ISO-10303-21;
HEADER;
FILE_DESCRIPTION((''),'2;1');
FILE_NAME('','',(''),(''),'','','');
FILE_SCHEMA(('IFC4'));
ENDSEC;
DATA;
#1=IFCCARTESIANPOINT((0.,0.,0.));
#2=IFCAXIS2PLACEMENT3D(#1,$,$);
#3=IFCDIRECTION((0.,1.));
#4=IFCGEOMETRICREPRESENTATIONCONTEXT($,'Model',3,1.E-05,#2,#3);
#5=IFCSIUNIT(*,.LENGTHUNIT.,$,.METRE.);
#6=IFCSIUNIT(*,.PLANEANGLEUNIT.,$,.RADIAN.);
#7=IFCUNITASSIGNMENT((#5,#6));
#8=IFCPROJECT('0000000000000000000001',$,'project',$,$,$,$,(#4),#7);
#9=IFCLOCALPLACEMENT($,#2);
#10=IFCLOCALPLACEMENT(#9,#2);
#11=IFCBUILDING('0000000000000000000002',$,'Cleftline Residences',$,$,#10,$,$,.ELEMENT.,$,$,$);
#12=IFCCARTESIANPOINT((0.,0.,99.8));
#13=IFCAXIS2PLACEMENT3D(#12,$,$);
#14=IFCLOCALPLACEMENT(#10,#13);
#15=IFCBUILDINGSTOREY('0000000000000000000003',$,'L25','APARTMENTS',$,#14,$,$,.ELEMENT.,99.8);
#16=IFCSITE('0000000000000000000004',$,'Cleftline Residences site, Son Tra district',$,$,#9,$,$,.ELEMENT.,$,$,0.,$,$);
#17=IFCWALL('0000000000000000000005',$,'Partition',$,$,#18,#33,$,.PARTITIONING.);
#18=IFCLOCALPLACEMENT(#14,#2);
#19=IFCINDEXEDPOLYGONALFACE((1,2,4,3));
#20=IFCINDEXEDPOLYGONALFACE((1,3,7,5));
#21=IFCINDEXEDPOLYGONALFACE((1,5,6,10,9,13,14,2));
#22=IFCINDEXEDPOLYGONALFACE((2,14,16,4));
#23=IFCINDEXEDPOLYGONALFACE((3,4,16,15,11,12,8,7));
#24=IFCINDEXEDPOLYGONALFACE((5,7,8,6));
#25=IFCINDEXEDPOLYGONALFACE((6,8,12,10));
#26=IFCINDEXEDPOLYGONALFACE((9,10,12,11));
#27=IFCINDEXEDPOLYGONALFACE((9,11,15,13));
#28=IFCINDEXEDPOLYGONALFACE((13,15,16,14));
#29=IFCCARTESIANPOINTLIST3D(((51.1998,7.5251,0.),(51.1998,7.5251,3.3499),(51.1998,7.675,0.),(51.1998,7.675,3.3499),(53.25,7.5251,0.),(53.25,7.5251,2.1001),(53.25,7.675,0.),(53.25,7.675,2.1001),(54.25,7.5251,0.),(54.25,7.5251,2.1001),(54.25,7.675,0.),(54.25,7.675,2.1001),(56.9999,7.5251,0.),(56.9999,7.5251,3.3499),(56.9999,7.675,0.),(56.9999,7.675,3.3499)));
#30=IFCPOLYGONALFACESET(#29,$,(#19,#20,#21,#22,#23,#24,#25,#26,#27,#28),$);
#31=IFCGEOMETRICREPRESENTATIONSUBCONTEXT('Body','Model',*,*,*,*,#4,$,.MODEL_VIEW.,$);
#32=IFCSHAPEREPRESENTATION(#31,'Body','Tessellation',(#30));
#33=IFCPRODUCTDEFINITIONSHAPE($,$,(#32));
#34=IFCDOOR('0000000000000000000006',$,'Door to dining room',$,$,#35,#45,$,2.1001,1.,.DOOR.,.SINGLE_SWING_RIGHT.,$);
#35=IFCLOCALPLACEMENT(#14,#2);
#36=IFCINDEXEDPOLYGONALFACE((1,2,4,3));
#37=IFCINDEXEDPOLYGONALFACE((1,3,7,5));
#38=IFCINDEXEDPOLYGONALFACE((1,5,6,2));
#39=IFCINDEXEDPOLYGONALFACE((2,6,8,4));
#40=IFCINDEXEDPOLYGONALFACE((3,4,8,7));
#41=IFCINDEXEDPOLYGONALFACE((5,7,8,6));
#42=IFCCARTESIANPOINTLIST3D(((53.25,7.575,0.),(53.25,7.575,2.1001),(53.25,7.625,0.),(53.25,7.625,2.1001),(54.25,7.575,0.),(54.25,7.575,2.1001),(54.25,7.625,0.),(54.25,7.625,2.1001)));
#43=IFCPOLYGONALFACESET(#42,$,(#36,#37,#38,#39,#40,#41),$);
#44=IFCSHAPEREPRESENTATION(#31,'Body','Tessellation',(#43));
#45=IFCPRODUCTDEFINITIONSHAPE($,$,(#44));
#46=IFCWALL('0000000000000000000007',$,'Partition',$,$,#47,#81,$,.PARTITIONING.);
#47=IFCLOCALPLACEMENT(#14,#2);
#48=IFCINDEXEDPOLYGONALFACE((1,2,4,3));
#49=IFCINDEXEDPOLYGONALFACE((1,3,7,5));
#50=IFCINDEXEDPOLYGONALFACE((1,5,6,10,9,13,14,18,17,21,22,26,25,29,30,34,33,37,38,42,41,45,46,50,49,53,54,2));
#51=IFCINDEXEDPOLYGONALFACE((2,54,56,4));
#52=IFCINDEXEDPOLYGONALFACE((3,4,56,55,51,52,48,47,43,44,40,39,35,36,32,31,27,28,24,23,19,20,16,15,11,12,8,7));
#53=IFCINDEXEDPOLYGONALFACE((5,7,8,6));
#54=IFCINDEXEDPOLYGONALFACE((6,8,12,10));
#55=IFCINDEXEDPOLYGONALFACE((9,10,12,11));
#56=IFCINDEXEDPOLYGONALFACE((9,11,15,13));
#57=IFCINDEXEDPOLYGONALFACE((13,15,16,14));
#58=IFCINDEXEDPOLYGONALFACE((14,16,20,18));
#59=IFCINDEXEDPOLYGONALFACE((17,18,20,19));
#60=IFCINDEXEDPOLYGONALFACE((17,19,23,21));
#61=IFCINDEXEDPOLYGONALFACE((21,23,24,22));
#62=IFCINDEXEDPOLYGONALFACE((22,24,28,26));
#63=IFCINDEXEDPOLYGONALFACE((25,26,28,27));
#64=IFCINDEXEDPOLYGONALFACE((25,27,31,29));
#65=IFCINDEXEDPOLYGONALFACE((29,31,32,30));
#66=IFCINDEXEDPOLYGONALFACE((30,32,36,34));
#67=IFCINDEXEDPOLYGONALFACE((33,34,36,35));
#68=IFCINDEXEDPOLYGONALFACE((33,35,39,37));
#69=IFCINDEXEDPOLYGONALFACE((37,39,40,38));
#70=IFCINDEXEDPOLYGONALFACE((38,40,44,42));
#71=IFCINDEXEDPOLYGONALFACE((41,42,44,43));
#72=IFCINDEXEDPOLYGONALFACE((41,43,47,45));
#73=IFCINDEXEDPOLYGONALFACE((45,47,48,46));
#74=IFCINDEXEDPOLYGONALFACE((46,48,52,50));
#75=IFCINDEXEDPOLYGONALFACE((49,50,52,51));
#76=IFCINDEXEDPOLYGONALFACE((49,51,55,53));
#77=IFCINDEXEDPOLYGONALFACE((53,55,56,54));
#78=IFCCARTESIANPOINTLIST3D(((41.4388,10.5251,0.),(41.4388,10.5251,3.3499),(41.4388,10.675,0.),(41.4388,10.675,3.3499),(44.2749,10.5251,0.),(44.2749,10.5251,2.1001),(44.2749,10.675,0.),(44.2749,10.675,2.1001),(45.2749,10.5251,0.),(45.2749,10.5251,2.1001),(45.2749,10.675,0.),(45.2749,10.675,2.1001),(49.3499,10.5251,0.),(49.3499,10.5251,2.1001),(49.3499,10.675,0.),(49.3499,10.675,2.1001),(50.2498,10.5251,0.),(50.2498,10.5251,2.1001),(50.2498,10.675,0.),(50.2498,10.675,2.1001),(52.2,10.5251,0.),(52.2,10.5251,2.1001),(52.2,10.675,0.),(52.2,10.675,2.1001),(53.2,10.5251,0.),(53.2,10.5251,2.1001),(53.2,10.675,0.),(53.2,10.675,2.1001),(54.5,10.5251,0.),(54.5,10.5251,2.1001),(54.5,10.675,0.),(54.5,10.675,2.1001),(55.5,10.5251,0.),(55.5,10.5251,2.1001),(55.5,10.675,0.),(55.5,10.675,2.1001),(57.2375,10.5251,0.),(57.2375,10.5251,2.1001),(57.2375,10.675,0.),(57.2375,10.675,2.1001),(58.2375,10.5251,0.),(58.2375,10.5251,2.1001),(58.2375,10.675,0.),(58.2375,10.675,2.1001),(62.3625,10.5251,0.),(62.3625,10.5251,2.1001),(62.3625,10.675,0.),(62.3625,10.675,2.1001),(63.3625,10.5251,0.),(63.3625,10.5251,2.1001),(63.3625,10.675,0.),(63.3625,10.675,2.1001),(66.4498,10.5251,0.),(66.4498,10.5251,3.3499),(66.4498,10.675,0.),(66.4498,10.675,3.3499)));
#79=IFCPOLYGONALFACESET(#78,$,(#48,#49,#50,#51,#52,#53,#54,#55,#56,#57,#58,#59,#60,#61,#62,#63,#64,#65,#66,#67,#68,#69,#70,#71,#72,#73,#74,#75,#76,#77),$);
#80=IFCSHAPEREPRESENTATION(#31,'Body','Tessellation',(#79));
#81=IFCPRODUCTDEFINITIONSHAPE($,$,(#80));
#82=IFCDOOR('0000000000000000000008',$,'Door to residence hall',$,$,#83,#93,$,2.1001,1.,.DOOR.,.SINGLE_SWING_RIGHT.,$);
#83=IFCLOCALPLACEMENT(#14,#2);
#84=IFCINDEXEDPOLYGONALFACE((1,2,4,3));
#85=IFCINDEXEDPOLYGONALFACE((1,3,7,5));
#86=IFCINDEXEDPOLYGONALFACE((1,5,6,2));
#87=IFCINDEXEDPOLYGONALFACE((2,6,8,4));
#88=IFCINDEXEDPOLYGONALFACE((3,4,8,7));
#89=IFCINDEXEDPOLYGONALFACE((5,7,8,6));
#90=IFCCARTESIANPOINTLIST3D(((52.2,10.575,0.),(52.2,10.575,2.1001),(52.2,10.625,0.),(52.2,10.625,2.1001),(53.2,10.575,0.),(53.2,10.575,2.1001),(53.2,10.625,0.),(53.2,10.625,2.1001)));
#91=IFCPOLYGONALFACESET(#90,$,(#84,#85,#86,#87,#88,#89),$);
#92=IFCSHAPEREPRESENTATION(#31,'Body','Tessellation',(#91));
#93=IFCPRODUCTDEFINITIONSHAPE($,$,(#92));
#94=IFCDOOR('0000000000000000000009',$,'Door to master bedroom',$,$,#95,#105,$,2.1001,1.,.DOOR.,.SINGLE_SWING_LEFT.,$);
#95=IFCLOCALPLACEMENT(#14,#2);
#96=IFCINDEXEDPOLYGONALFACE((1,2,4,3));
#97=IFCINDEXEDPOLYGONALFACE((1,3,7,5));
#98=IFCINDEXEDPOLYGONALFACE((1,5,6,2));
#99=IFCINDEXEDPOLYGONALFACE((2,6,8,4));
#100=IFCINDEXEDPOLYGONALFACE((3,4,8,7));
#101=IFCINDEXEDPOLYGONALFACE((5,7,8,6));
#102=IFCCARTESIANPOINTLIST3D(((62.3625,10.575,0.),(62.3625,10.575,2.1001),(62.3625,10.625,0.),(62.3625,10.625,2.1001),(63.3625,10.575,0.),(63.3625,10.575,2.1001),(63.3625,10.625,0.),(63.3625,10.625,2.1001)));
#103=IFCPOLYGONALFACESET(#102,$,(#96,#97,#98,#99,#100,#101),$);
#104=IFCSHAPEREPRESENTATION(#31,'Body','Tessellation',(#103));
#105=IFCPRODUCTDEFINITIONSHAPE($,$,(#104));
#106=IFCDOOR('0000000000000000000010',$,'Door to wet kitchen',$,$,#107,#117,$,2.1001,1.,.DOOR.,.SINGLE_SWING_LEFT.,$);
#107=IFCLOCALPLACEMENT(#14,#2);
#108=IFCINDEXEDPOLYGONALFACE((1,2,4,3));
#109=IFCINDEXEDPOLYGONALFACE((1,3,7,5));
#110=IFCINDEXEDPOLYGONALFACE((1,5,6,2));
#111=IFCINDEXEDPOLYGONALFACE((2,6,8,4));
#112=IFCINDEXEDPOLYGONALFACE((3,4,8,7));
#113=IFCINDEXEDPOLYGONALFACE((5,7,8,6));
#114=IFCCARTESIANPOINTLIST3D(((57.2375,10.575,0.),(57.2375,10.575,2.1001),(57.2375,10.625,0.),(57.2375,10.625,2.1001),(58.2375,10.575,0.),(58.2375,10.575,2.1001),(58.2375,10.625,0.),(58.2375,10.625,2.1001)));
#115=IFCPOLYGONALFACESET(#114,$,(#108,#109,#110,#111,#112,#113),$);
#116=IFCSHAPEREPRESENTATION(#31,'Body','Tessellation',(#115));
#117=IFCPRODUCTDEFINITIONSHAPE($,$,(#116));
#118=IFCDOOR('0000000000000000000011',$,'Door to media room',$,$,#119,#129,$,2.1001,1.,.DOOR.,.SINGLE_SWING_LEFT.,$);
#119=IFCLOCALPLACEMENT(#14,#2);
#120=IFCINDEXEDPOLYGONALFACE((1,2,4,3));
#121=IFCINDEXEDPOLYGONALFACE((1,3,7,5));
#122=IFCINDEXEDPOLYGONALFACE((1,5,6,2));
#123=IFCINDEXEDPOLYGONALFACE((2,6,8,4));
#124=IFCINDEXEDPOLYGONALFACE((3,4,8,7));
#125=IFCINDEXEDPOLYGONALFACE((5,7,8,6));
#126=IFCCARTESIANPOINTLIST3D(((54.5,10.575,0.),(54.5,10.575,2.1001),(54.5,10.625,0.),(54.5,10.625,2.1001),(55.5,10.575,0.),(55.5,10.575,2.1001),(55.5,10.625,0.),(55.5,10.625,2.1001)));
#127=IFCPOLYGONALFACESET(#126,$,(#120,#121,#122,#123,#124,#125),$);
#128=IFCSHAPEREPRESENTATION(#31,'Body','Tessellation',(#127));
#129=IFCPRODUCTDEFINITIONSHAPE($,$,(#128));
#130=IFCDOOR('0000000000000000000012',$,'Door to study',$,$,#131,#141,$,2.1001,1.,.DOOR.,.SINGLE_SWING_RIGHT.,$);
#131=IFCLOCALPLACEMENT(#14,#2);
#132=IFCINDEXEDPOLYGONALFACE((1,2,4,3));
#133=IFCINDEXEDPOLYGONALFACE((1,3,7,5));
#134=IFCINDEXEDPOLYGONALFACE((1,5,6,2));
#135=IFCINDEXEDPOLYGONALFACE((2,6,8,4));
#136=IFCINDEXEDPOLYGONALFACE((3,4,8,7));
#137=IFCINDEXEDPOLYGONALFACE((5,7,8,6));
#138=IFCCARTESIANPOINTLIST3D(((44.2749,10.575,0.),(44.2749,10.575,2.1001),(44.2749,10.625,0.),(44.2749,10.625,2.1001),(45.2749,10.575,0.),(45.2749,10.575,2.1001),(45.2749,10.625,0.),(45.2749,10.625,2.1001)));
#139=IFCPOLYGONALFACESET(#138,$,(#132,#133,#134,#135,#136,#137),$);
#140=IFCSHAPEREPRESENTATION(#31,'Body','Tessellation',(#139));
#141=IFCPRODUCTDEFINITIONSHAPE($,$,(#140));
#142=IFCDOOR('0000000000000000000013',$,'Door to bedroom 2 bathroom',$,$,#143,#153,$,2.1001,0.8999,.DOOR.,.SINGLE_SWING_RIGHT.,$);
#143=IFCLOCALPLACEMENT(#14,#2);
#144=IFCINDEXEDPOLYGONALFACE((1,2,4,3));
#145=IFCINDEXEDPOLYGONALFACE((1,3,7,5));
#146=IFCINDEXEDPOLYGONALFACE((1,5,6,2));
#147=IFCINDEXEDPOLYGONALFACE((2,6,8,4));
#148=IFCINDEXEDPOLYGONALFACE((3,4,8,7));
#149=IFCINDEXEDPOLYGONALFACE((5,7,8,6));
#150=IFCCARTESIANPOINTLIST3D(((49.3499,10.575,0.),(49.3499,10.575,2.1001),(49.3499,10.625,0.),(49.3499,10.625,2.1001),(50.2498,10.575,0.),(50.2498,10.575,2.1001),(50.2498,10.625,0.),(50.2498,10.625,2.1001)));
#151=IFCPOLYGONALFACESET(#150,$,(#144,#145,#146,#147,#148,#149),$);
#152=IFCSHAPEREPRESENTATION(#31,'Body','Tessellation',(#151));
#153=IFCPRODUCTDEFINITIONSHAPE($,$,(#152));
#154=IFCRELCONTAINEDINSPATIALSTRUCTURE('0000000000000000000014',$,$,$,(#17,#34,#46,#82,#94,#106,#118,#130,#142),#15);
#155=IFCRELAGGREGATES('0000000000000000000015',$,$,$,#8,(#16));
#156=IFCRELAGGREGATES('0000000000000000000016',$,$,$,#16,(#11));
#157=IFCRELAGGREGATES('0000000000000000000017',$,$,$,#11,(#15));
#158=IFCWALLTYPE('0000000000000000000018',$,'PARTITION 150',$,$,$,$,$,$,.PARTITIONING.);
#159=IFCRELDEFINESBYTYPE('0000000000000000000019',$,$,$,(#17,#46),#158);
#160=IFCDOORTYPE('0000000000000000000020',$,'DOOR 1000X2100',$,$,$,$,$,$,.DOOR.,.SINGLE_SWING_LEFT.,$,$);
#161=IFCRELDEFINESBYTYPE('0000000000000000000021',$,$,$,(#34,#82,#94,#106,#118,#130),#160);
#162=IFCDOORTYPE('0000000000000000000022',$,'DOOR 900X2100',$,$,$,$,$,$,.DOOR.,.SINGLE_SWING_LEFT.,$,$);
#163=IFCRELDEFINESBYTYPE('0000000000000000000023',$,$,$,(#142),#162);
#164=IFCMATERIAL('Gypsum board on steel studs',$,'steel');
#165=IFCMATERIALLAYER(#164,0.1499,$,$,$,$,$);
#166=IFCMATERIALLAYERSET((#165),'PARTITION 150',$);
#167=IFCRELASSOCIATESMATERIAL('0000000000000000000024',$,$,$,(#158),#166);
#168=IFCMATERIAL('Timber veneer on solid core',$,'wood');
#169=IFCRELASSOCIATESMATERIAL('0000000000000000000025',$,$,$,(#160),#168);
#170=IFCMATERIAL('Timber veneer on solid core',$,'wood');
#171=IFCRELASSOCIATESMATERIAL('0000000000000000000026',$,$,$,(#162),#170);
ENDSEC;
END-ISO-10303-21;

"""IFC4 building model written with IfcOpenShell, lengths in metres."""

from ifc_helpers import new_model, si_unit, direction, frame, frame_2d, origin, place, context, subcontext, project, spatial, rectangle, extrude, material, layer, layer_set, type_object, element, fill, save


model = new_model("IFC4")

# Units and contexts
model_context = context("Model", 3, precision=1e-05, world=origin(), true_north=direction((0.0, 1.0)))
body_context = subcontext(model_context, "Body", "Model", "MODEL_VIEW")
ifc_project = project(units=[si_unit("LENGTHUNIT", "METRE"), si_unit("PLANEANGLEUNIT", "RADIAN")], contexts=[model_context])

# Site, building, storey
site_placement = place(None, origin())
site = spatial("IfcSite", under=ifc_project, at=site_placement, Name="Cleftline Residences site, Son Tra district", CompositionType="ELEMENT", RefElevation=0.0)
building_placement = place(site_placement, origin())
building = spatial("IfcBuilding", under=site, at=building_placement, Name="Cleftline Residences", CompositionType="ELEMENT")
storey_placement = place(building_placement, frame((0.0, 0.0, 99.8)))
storey = spatial("IfcBuildingStorey", under=building, at=storey_placement, Name="L25", Description="APARTMENTS", CompositionType="ELEMENT", Elevation=99.8)

# Shared definitions
ifc_material_1 = material(Name="Gypsum board on steel studs", Category="steel")
ifc_layer_1 = layer(ifc_material_1, 0.1499)
ifc_layer_set_1 = layer_set([ifc_layer_1], Name="PARTITION 150")
wall_type = type_object("IfcWallType", Name="PARTITION 150", PredefinedType="PARTITIONING", material=ifc_layer_set_1)
ifc_material_2 = material(Name="Timber veneer on solid core", Category="wood")
door_type_1 = type_object("IfcDoorType", Name="DOOR 1000X2100", OperationType="SINGLE_SWING_LEFT", PredefinedType="DOOR", material=ifc_material_2)

# Wall, opening, door
wall_1_placement = place(storey_placement, frame((51.2, 7.6001, 0.0), z_axis=(0.0, 0.0, 1.0), x_axis=(1.0, 0.0, 0.0)))
wall_1 = element("IfcWall", 1, at=wall_1_placement, inside=storey, type_object=wall_type, Name="Partition", PredefinedType="PARTITIONING", context=body_context, shape_type="SweptSolid", body=[
    extrude(rectangle(XDim=5.8, YDim=0.1499, at=frame_2d((2.8999, 0.0))), origin(), (0.0, 0.0, 1.0), 3.3499),
])
opening_1_placement = place(wall_1_placement, frame((2.05, 0.0, 0.0)))
opening_1 = element("IfcOpeningElement", 2, at=opening_1_placement, cuts=wall_1, PredefinedType="OPENING", context=body_context, shape_type="SweptSolid", body=[
    extrude(rectangle(XDim=1.0, YDim=2.1001, at=frame_2d((0.5, 1.05))), frame((0.0, 0.085, 0.0), z_axis=(0.0, -1.0, 0.0), x_axis=(1.0, 0.0, 0.0)), (0.0, 0.0, 1.0), 0.1699),
])
door_1_placement = place(opening_1_placement, origin())
door_1 = element("IfcDoor", 3, at=door_1_placement, inside=storey, type_object=door_type_1, Name="Door to dining room", OperationType="SINGLE_SWING_RIGHT", OverallHeight=2.1001, OverallWidth=1.0, PredefinedType="DOOR", context=body_context, shape_type="SweptSolid", body=[
    extrude(rectangle(XDim=1.0, YDim=2.1001, at=frame_2d((0.5, 1.05))), frame((0.0, 0.0249, 0.0), z_axis=(0.0, -1.0, 0.0), x_axis=(1.0, 0.0, 0.0)), (0.0, 0.0, 1.0), 0.05),
])
fill(opening_1, door_1)

# Wall, openings, doors
wall_2_placement = place(storey_placement, frame((41.439, 10.6001, 0.0), z_axis=(0.0, 0.0, 1.0), x_axis=(1.0, 0.0, 0.0)))
wall_2 = element("IfcWall", 4, at=wall_2_placement, inside=storey, type_object=wall_type, Name="Partition", PredefinedType="PARTITIONING", context=body_context, shape_type="SweptSolid", body=[
    extrude(rectangle(XDim=25.011, YDim=0.1499, at=frame_2d((12.5054, 0.0))), origin(), (0.0, 0.0, 1.0), 3.3499),
])
opening_2_placement = place(wall_2_placement, frame((10.761, 0.0, 0.0)))
opening_2 = element("IfcOpeningElement", 5, at=opening_2_placement, cuts=wall_2, PredefinedType="OPENING", context=body_context, shape_type="SweptSolid", body=[
    extrude(rectangle(XDim=1.0, YDim=2.1001, at=frame_2d((0.5, 1.05))), frame((0.0, 0.085, 0.0), z_axis=(0.0, -1.0, 0.0), x_axis=(1.0, 0.0, 0.0)), (0.0, 0.0, 1.0), 0.1699),
])
opening_3_placement = place(wall_2_placement, frame((20.9236, 0.0, 0.0)))
opening_3 = element("IfcOpeningElement", 6, at=opening_3_placement, cuts=wall_2, PredefinedType="OPENING", context=body_context, shape_type="SweptSolid", body=[
    extrude(rectangle(XDim=1.0, YDim=2.1001, at=frame_2d((0.5, 1.05))), frame((0.0, 0.085, 0.0), z_axis=(0.0, -1.0, 0.0), x_axis=(1.0, 0.0, 0.0)), (0.0, 0.0, 1.0), 0.1699),
])
opening_4_placement = place(wall_2_placement, frame((15.7986, 0.0, 0.0)))
opening_4 = element("IfcOpeningElement", 7, at=opening_4_placement, cuts=wall_2, PredefinedType="OPENING", context=body_context, shape_type="SweptSolid", body=[
    extrude(rectangle(XDim=1.0, YDim=2.1001, at=frame_2d((0.5, 1.05))), frame((0.0, 0.085, 0.0), z_axis=(0.0, -1.0, 0.0), x_axis=(1.0, 0.0, 0.0)), (0.0, 0.0, 1.0), 0.1699),
])
opening_5_placement = place(wall_2_placement, frame((13.061, 0.0, 0.0)))
opening_5 = element("IfcOpeningElement", 8, at=opening_5_placement, cuts=wall_2, PredefinedType="OPENING", context=body_context, shape_type="SweptSolid", body=[
    extrude(rectangle(XDim=1.0, YDim=2.1001, at=frame_2d((0.5, 1.05))), frame((0.0, 0.085, 0.0), z_axis=(0.0, -1.0, 0.0), x_axis=(1.0, 0.0, 0.0)), (0.0, 0.0, 1.0), 0.1699),
])
opening_6_placement = place(wall_2_placement, frame((7.9109, 0.0, 0.0)))
opening_6 = element("IfcOpeningElement", 9, at=opening_6_placement, cuts=wall_2, PredefinedType="OPENING", context=body_context, shape_type="SweptSolid", body=[
    extrude(rectangle(XDim=0.8999, YDim=2.1001, at=frame_2d((0.45, 1.05))), frame((0.0, 0.085, 0.0), z_axis=(0.0, -1.0, 0.0), x_axis=(1.0, 0.0, 0.0)), (0.0, 0.0, 1.0), 0.1699),
])
opening_7_placement = place(wall_2_placement, frame((2.8359, 0.0, 0.0)))
opening_7 = element("IfcOpeningElement", 10, at=opening_7_placement, cuts=wall_2, PredefinedType="OPENING", context=body_context, shape_type="SweptSolid", body=[
    extrude(rectangle(XDim=1.0, YDim=2.1001, at=frame_2d((0.5, 1.05))), frame((0.0, 0.085, 0.0), z_axis=(0.0, -1.0, 0.0), x_axis=(1.0, 0.0, 0.0)), (0.0, 0.0, 1.0), 0.1699),
])
door_2_placement = place(opening_2_placement, origin())
door_2 = element("IfcDoor", 11, at=door_2_placement, inside=storey, type_object=door_type_1, Name="Door to residence hall", OperationType="SINGLE_SWING_RIGHT", OverallHeight=2.1001, OverallWidth=1.0, PredefinedType="DOOR", context=body_context, shape_type="SweptSolid", body=[
    extrude(rectangle(XDim=1.0, YDim=2.1001, at=frame_2d((0.5, 1.05))), frame((0.0, 0.0249, 0.0), z_axis=(0.0, -1.0, 0.0), x_axis=(1.0, 0.0, 0.0)), (0.0, 0.0, 1.0), 0.05),
])
fill(opening_2, door_2)
door_3_placement = place(opening_3_placement, origin())
door_3 = element("IfcDoor", 12, at=door_3_placement, inside=storey, type_object=door_type_1, Name="Door to master bedroom", OperationType="SINGLE_SWING_LEFT", OverallHeight=2.1001, OverallWidth=1.0, PredefinedType="DOOR", context=body_context, shape_type="SweptSolid", body=[
    extrude(rectangle(XDim=1.0, YDim=2.1001, at=frame_2d((0.5, 1.05))), frame((0.0, 0.0249, 0.0), z_axis=(0.0, -1.0, 0.0), x_axis=(1.0, 0.0, 0.0)), (0.0, 0.0, 1.0), 0.05),
])
fill(opening_3, door_3)
door_4_placement = place(opening_4_placement, origin())
door_4 = element("IfcDoor", 13, at=door_4_placement, inside=storey, type_object=door_type_1, Name="Door to wet kitchen", OperationType="SINGLE_SWING_LEFT", OverallHeight=2.1001, OverallWidth=1.0, PredefinedType="DOOR", context=body_context, shape_type="SweptSolid", body=[
    extrude(rectangle(XDim=1.0, YDim=2.1001, at=frame_2d((0.5, 1.05))), frame((0.0, 0.0249, 0.0), z_axis=(0.0, -1.0, 0.0), x_axis=(1.0, 0.0, 0.0)), (0.0, 0.0, 1.0), 0.05),
])
fill(opening_4, door_4)
door_5_placement = place(opening_5_placement, origin())
door_5 = element("IfcDoor", 14, at=door_5_placement, inside=storey, type_object=door_type_1, Name="Door to media room", OperationType="SINGLE_SWING_LEFT", OverallHeight=2.1001, OverallWidth=1.0, PredefinedType="DOOR", context=body_context, shape_type="SweptSolid", body=[
    extrude(rectangle(XDim=1.0, YDim=2.1001, at=frame_2d((0.5, 1.05))), frame((0.0, 0.0249, 0.0), z_axis=(0.0, -1.0, 0.0), x_axis=(1.0, 0.0, 0.0)), (0.0, 0.0, 1.0), 0.05),
])
fill(opening_5, door_5)
door_6_placement = place(opening_7_placement, origin())
door_6 = element("IfcDoor", 15, at=door_6_placement, inside=storey, type_object=door_type_1, Name="Door to study", OperationType="SINGLE_SWING_RIGHT", OverallHeight=2.1001, OverallWidth=1.0, PredefinedType="DOOR", context=body_context, shape_type="SweptSolid", body=[
    extrude(rectangle(XDim=1.0, YDim=2.1001, at=frame_2d((0.5, 1.05))), frame((0.0, 0.0249, 0.0), z_axis=(0.0, -1.0, 0.0), x_axis=(1.0, 0.0, 0.0)), (0.0, 0.0, 1.0), 0.05),
])
fill(opening_7, door_6)
ifc_material_3 = material(Name="Timber veneer on solid core", Category="wood")
door_type_2 = type_object("IfcDoorType", Name="DOOR 900X2100", OperationType="SINGLE_SWING_LEFT", PredefinedType="DOOR", material=ifc_material_3)
door_7_placement = place(opening_6_placement, origin())
door_7 = element("IfcDoor", 16, at=door_7_placement, inside=storey, type_object=door_type_2, Name="Door to bedroom 2 bathroom", OperationType="SINGLE_SWING_RIGHT", OverallHeight=2.1001, OverallWidth=0.8999, PredefinedType="DOOR", context=body_context, shape_type="SweptSolid", body=[
    extrude(rectangle(XDim=0.8999, YDim=2.1001, at=frame_2d((0.45, 1.05))), frame((0.0, 0.0249, 0.0), z_axis=(0.0, -1.0, 0.0), x_axis=(1.0, 0.0, 0.0)), (0.0, 0.0, 1.0), 0.05),
])
fill(opening_6, door_7)

save(model, "model.ifc")
